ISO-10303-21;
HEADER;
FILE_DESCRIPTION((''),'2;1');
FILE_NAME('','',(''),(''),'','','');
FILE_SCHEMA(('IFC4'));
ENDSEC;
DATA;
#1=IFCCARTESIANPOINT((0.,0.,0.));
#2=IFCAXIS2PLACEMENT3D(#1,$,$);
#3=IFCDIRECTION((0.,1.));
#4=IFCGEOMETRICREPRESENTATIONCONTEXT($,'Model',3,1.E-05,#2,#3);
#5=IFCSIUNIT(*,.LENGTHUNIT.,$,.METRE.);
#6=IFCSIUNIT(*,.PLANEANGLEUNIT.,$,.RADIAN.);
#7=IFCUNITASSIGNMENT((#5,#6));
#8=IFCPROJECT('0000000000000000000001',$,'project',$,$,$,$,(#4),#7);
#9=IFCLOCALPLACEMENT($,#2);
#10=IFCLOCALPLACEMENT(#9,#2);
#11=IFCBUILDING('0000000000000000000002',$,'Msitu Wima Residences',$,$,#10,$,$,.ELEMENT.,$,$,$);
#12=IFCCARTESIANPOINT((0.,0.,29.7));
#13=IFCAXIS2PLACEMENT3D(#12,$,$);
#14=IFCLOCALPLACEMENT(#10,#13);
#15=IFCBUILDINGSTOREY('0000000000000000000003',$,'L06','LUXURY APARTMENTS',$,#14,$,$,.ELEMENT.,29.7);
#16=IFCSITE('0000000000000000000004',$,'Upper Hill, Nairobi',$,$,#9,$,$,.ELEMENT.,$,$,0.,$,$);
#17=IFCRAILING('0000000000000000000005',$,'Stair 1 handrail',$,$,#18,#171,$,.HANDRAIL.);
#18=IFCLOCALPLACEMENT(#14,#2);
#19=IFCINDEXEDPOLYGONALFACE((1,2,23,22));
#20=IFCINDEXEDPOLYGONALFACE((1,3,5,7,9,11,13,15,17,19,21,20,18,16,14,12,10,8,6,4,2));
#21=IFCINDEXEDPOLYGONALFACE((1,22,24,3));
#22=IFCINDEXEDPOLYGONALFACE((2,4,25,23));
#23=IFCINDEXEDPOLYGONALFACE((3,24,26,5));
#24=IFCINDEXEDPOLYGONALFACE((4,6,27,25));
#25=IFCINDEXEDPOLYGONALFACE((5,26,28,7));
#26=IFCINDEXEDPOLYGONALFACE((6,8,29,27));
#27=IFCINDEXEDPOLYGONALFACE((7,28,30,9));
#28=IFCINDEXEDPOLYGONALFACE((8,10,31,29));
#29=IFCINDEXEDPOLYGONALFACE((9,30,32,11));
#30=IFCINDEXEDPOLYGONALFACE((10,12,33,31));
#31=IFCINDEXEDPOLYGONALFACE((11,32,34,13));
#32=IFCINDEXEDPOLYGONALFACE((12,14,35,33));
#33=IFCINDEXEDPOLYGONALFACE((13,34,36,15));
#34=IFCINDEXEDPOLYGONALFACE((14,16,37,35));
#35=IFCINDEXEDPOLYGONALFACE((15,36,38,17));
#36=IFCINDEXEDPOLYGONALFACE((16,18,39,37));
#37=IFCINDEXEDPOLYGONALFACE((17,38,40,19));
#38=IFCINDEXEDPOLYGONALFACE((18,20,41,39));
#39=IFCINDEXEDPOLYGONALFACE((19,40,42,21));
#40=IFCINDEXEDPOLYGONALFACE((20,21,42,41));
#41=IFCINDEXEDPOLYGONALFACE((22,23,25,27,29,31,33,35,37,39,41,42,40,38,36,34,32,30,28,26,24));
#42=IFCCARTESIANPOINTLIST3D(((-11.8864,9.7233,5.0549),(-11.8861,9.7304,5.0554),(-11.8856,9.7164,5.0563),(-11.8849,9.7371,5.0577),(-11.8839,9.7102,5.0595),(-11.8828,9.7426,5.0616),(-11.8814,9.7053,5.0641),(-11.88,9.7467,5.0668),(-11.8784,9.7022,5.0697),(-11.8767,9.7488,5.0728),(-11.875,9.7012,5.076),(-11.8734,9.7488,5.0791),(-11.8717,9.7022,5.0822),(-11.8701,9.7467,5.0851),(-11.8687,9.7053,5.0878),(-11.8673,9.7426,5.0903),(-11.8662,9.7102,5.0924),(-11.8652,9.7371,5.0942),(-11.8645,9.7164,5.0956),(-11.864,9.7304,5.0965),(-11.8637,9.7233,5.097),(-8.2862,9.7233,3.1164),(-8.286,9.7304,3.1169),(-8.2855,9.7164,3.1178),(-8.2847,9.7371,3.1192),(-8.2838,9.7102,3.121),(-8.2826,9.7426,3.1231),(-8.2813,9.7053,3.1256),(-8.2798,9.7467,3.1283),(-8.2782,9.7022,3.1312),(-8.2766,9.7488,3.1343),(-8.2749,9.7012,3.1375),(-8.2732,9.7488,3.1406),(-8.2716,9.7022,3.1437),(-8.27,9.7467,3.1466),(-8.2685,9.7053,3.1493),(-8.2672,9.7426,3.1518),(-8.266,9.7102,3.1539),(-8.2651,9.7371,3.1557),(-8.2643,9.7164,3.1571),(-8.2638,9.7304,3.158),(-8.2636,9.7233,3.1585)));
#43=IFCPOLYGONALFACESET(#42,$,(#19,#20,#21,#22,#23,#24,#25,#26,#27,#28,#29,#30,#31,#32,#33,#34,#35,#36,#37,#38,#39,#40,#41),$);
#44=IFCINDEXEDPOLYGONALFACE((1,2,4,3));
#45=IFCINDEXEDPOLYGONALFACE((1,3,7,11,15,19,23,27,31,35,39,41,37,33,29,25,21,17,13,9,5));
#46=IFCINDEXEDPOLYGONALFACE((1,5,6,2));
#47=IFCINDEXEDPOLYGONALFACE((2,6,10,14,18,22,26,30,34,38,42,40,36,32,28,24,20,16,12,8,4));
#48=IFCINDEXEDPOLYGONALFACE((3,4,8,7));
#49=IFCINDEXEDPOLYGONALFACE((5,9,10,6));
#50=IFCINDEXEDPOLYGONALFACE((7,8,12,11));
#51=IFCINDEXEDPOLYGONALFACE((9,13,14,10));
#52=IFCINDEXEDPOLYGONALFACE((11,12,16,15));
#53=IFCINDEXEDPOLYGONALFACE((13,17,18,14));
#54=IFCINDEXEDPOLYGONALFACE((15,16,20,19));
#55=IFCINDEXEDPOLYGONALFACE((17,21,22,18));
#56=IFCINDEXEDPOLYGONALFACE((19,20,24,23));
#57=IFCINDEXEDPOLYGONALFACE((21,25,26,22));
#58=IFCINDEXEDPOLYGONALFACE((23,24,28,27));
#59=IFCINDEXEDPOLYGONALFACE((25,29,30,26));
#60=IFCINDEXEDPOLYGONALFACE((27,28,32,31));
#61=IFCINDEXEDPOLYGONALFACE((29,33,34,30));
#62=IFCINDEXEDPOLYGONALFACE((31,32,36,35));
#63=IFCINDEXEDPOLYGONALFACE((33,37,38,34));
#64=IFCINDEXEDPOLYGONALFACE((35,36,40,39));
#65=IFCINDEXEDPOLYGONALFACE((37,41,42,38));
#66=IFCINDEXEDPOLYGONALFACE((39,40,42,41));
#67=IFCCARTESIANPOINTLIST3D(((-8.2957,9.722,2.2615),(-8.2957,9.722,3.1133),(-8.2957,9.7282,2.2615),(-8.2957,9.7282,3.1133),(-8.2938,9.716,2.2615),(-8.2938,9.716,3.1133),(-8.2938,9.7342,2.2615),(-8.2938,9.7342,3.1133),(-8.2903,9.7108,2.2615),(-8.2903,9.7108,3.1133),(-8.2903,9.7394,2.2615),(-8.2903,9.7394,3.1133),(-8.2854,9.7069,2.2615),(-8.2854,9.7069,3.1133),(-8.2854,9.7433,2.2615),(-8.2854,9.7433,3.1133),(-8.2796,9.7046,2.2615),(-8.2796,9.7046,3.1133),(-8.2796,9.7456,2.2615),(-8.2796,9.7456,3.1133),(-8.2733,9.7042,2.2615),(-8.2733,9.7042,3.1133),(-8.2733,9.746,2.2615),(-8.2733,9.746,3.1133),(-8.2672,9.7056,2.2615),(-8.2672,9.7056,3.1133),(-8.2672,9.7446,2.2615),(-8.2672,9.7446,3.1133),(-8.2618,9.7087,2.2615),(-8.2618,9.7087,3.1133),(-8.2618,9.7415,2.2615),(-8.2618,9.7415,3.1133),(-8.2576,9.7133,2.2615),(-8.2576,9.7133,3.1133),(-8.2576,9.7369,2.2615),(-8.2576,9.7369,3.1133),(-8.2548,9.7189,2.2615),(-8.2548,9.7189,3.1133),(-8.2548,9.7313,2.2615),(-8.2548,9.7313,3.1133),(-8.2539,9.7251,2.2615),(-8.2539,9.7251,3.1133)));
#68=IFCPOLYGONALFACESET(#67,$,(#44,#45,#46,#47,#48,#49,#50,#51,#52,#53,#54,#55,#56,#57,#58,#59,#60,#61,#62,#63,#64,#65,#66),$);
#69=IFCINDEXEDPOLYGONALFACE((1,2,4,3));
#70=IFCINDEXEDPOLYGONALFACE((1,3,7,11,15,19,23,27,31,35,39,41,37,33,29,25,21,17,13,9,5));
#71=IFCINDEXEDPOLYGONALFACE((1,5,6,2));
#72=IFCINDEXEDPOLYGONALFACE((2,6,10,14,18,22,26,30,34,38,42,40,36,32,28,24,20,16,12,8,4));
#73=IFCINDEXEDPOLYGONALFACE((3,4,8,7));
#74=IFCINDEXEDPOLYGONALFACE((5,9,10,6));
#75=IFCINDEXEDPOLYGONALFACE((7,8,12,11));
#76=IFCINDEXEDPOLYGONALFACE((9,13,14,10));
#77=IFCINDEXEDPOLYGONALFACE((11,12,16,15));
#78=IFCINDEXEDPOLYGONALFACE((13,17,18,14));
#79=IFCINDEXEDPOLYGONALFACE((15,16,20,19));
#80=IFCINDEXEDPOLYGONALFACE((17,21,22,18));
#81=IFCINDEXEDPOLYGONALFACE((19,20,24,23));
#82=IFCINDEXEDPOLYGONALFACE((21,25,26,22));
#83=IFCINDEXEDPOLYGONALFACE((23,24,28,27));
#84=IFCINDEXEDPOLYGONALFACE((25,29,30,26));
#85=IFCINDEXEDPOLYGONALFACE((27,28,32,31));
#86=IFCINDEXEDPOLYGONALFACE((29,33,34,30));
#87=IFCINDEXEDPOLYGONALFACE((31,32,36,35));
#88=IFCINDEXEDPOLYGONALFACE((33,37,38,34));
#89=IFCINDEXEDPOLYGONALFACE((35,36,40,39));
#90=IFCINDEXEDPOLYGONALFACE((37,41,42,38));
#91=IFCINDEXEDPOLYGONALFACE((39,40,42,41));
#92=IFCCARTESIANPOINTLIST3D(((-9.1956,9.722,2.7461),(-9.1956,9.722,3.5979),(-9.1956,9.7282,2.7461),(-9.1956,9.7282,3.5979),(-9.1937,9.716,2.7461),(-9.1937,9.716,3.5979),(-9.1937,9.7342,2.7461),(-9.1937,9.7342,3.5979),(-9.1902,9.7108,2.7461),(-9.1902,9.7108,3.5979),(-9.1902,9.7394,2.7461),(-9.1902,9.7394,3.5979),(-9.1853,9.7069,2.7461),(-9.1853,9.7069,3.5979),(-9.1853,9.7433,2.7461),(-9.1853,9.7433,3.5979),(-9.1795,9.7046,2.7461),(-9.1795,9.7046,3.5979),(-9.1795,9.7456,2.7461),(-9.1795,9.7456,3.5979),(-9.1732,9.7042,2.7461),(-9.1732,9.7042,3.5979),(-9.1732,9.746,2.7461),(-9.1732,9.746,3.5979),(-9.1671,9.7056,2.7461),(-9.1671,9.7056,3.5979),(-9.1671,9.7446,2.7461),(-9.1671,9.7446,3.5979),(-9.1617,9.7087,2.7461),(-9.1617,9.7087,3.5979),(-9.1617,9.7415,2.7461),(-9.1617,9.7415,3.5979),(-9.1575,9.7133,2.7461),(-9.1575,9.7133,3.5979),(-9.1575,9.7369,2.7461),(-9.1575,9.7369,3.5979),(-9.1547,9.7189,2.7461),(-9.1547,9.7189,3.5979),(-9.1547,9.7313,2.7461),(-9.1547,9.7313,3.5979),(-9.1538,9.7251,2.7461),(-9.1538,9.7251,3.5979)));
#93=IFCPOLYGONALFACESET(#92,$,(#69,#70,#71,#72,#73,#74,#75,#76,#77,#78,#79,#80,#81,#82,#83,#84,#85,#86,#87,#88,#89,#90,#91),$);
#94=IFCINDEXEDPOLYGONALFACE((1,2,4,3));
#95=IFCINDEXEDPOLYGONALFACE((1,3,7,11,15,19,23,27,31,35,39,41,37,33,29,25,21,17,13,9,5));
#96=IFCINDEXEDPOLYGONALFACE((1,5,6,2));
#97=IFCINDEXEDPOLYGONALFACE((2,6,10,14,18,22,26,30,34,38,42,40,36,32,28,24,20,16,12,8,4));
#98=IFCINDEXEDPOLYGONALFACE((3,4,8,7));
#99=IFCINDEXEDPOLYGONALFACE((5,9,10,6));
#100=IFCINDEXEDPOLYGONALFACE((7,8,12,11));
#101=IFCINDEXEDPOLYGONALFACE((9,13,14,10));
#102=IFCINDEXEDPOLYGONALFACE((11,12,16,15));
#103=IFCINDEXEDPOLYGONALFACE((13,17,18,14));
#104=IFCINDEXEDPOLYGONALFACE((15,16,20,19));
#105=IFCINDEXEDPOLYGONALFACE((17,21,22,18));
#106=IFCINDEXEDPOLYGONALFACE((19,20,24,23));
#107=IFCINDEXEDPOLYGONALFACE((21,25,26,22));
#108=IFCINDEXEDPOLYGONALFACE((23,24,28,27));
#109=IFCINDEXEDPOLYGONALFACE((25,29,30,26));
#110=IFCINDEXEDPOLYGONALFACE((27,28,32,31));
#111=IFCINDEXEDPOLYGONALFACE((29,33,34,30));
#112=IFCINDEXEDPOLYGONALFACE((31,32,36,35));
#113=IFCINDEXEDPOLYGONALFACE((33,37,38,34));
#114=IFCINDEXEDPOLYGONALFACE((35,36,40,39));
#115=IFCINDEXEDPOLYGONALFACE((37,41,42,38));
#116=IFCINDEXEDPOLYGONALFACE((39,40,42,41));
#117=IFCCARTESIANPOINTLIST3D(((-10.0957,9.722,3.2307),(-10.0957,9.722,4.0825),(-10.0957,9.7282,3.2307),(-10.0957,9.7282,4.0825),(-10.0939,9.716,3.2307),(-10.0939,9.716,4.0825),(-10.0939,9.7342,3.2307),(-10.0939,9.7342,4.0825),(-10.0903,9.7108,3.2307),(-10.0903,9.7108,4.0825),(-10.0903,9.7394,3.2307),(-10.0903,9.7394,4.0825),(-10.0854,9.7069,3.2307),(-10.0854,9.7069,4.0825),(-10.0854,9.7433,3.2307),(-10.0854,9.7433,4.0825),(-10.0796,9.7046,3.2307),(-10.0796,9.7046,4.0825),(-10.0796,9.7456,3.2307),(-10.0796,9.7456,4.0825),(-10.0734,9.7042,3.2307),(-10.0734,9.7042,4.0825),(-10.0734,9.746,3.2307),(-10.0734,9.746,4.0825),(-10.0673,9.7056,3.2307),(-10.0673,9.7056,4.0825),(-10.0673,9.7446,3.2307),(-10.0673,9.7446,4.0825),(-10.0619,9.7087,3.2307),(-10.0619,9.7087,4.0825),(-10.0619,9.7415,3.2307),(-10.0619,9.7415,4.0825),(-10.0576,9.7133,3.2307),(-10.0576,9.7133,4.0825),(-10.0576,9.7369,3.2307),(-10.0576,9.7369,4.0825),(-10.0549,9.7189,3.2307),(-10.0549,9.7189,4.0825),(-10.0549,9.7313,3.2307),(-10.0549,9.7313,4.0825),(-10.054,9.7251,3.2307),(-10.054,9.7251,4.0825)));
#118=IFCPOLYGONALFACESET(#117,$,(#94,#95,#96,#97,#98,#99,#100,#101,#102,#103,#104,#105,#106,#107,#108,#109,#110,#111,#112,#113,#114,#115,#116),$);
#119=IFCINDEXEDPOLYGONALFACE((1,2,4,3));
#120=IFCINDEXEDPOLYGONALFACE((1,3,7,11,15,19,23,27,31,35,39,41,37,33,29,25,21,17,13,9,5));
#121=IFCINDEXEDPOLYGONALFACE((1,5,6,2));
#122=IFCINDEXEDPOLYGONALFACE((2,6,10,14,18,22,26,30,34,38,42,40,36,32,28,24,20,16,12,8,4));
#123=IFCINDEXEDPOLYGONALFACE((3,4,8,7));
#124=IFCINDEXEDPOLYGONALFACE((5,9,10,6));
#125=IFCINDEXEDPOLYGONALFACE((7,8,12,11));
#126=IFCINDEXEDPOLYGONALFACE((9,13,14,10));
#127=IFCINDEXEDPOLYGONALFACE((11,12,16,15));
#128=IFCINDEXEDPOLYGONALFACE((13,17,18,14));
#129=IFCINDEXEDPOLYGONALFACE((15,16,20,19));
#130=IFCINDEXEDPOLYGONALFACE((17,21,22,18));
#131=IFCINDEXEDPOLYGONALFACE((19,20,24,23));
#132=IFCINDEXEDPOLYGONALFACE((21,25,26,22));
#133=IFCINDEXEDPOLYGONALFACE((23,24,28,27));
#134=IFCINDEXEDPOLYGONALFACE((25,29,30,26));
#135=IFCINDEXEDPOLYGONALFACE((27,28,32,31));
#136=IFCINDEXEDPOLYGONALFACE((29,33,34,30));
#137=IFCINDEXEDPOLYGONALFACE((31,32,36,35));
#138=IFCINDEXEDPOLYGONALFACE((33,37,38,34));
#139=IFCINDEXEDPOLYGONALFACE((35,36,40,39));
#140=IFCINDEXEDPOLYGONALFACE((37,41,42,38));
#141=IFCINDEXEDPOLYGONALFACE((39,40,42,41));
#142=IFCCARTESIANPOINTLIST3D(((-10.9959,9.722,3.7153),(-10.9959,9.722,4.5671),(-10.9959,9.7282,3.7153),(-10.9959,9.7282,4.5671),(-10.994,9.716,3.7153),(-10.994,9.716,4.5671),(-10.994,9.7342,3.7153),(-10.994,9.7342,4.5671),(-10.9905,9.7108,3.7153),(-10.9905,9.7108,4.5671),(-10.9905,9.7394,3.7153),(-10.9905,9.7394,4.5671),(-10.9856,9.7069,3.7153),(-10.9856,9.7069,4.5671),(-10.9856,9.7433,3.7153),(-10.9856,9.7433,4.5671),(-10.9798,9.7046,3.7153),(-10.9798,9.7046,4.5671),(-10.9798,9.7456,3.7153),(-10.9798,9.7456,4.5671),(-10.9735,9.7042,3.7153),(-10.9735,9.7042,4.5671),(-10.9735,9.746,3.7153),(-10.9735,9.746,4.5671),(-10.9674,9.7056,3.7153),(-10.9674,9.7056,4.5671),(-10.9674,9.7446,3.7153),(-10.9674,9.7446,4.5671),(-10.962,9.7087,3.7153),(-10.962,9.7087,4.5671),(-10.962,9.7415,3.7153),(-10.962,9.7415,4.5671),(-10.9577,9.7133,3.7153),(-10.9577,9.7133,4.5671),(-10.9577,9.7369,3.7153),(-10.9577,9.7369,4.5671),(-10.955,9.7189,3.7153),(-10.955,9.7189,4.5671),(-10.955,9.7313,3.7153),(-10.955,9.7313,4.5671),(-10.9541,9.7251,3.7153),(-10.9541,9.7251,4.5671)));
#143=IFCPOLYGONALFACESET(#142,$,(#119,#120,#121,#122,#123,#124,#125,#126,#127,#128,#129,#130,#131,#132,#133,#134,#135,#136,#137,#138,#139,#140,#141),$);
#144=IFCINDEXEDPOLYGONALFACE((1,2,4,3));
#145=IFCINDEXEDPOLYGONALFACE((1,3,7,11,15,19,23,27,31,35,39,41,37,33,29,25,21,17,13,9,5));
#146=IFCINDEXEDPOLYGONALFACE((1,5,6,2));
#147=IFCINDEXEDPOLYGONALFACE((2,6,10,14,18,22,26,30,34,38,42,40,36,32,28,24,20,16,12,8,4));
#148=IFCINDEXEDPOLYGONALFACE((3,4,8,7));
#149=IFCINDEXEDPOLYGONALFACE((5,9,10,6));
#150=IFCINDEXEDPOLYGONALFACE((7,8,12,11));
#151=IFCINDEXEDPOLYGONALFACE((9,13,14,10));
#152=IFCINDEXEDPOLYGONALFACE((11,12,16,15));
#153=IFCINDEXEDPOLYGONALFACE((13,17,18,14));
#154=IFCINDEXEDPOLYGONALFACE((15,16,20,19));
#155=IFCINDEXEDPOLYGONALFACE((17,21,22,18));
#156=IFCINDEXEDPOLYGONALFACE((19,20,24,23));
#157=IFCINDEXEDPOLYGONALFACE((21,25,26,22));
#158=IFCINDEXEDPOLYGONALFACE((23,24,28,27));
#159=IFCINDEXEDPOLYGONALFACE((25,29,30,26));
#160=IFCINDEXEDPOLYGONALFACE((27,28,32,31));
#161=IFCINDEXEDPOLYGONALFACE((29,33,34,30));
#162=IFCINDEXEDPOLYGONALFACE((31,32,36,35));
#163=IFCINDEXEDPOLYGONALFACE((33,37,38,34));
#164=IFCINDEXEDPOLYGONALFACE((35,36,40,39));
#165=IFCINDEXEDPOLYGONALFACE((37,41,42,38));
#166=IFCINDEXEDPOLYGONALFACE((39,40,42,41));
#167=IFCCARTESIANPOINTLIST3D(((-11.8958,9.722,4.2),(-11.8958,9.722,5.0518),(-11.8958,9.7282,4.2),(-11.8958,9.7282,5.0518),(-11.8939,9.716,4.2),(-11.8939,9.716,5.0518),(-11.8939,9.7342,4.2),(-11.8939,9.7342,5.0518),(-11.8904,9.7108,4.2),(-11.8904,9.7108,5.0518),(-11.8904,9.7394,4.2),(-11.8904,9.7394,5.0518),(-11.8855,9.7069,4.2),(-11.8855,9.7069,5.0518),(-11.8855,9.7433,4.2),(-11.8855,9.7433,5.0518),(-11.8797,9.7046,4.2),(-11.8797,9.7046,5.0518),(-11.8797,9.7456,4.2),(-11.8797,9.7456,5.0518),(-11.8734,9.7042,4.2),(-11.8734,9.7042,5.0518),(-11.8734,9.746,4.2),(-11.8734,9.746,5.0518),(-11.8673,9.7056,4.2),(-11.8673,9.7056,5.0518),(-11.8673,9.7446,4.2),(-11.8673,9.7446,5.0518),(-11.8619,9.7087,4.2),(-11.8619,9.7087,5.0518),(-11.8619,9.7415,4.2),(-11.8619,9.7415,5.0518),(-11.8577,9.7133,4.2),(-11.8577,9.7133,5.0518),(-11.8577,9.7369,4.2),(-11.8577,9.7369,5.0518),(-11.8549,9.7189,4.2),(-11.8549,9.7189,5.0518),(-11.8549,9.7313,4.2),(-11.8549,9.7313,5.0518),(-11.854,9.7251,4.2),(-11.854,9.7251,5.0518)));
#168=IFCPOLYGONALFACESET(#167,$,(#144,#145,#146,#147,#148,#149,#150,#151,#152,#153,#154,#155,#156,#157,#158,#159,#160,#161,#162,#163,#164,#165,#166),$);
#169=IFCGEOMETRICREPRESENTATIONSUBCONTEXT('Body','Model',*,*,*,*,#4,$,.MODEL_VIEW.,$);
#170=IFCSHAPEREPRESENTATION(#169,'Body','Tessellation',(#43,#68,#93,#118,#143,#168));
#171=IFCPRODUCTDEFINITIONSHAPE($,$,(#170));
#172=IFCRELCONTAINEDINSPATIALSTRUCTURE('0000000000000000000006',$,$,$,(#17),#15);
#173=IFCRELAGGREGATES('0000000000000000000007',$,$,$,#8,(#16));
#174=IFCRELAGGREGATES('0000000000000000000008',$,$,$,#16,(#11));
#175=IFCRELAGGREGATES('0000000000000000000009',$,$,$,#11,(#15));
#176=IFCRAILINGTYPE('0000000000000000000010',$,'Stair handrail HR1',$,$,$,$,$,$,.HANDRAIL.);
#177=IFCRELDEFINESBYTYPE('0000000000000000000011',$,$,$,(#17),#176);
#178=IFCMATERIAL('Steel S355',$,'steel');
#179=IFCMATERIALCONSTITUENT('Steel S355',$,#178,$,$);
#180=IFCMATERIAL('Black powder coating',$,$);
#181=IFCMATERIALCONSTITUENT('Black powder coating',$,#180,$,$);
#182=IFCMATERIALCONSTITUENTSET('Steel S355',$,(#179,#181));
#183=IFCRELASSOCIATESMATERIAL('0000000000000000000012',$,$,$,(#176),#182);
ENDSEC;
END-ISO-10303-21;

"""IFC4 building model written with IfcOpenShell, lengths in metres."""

from ifc_helpers import new_model, si_unit, direction, frame, origin, origin_2d, place, context, subcontext, project, spatial, circle, extrude, material, constituent, constituent_set, type_object, element, save


model = new_model("IFC4")

# Units and contexts
model_context = context("Model", 3, precision=1e-05, world=origin(), true_north=direction((0.0, 1.0)))
body_context = subcontext(model_context, "Body", "Model", "MODEL_VIEW")
ifc_project = project(units=[si_unit("LENGTHUNIT", "METRE"), si_unit("PLANEANGLEUNIT", "RADIAN")], contexts=[model_context])

# Site, building, storey
site_placement = place(None, origin())
site = spatial("IfcSite", under=ifc_project, at=site_placement, Name="Upper Hill, Nairobi", CompositionType="ELEMENT", RefElevation=0.0)
building_placement = place(site_placement, origin())
building = spatial("IfcBuilding", under=site, at=building_placement, Name="Msitu Wima Residences", CompositionType="ELEMENT")
storey_placement = place(building_placement, frame((0.0, 0.0, 29.7)))
storey = spatial("IfcBuildingStorey", under=building, at=storey_placement, Name="L06", Description="LUXURY APARTMENTS", CompositionType="ELEMENT", Elevation=29.7)

# Railing
ifc_material_1 = material(Name="Steel S355", Category="steel")
ifc_constituent_1 = constituent(ifc_material_1, Name="Steel S355")
ifc_material_2 = material(Name="Black powder coating")
ifc_constituent_2 = constituent(ifc_material_2, Name="Black powder coating")
ifc_constituent_set_1 = constituent_set(constituents=[ifc_constituent_1, ifc_constituent_2], Name="Steel S355")
railing_type_1 = type_object("IfcRailingType", Name="Stair handrail HR1", PredefinedType="HANDRAIL", material=ifc_constituent_set_1)
for number, where, name in (
    (1, (-8.2749, 9.7251, 2.2615), "Stair 1 handrail"),
):
    element("IfcRailing", number, at=place(storey_placement, frame(where)), inside=storey, type_object=railing_type_1, Name=name, PredefinedType="HANDRAIL", context=body_context, shape_type="SweptSolid", body=[
        extrude(circle(Radius=0.0239, at=origin_2d()), frame((0.0, 0.0, 0.876), z_axis=(-0.880475, 0.0, 0.474093), x_axis=(0.0, -1.0, 0.0)), (0.0, 0.0, 1.0), 4.0889),
        extrude(circle(Radius=0.021, at=origin_2d()), origin(), (0.0, 0.0, 1.0), 0.8518),
        extrude(circle(Radius=0.021, at=origin_2d()), frame((-0.8999, 0.0, 0.4846)), (0.0, 0.0, 1.0), 0.8518),
        extrude(circle(Radius=0.021, at=origin_2d()), frame((-1.8, 0.0, 0.9692)), (0.0, 0.0, 1.0), 0.8518),
        extrude(circle(Radius=0.021, at=origin_2d()), frame((-2.7002, 0.0, 1.4539)), (0.0, 0.0, 1.0), 0.8518),
        extrude(circle(Radius=0.021, at=origin_2d()), frame((-3.6001, 0.0, 1.9385)), (0.0, 0.0, 1.0), 0.8518),
    ])

save(model, "model.ifc")
